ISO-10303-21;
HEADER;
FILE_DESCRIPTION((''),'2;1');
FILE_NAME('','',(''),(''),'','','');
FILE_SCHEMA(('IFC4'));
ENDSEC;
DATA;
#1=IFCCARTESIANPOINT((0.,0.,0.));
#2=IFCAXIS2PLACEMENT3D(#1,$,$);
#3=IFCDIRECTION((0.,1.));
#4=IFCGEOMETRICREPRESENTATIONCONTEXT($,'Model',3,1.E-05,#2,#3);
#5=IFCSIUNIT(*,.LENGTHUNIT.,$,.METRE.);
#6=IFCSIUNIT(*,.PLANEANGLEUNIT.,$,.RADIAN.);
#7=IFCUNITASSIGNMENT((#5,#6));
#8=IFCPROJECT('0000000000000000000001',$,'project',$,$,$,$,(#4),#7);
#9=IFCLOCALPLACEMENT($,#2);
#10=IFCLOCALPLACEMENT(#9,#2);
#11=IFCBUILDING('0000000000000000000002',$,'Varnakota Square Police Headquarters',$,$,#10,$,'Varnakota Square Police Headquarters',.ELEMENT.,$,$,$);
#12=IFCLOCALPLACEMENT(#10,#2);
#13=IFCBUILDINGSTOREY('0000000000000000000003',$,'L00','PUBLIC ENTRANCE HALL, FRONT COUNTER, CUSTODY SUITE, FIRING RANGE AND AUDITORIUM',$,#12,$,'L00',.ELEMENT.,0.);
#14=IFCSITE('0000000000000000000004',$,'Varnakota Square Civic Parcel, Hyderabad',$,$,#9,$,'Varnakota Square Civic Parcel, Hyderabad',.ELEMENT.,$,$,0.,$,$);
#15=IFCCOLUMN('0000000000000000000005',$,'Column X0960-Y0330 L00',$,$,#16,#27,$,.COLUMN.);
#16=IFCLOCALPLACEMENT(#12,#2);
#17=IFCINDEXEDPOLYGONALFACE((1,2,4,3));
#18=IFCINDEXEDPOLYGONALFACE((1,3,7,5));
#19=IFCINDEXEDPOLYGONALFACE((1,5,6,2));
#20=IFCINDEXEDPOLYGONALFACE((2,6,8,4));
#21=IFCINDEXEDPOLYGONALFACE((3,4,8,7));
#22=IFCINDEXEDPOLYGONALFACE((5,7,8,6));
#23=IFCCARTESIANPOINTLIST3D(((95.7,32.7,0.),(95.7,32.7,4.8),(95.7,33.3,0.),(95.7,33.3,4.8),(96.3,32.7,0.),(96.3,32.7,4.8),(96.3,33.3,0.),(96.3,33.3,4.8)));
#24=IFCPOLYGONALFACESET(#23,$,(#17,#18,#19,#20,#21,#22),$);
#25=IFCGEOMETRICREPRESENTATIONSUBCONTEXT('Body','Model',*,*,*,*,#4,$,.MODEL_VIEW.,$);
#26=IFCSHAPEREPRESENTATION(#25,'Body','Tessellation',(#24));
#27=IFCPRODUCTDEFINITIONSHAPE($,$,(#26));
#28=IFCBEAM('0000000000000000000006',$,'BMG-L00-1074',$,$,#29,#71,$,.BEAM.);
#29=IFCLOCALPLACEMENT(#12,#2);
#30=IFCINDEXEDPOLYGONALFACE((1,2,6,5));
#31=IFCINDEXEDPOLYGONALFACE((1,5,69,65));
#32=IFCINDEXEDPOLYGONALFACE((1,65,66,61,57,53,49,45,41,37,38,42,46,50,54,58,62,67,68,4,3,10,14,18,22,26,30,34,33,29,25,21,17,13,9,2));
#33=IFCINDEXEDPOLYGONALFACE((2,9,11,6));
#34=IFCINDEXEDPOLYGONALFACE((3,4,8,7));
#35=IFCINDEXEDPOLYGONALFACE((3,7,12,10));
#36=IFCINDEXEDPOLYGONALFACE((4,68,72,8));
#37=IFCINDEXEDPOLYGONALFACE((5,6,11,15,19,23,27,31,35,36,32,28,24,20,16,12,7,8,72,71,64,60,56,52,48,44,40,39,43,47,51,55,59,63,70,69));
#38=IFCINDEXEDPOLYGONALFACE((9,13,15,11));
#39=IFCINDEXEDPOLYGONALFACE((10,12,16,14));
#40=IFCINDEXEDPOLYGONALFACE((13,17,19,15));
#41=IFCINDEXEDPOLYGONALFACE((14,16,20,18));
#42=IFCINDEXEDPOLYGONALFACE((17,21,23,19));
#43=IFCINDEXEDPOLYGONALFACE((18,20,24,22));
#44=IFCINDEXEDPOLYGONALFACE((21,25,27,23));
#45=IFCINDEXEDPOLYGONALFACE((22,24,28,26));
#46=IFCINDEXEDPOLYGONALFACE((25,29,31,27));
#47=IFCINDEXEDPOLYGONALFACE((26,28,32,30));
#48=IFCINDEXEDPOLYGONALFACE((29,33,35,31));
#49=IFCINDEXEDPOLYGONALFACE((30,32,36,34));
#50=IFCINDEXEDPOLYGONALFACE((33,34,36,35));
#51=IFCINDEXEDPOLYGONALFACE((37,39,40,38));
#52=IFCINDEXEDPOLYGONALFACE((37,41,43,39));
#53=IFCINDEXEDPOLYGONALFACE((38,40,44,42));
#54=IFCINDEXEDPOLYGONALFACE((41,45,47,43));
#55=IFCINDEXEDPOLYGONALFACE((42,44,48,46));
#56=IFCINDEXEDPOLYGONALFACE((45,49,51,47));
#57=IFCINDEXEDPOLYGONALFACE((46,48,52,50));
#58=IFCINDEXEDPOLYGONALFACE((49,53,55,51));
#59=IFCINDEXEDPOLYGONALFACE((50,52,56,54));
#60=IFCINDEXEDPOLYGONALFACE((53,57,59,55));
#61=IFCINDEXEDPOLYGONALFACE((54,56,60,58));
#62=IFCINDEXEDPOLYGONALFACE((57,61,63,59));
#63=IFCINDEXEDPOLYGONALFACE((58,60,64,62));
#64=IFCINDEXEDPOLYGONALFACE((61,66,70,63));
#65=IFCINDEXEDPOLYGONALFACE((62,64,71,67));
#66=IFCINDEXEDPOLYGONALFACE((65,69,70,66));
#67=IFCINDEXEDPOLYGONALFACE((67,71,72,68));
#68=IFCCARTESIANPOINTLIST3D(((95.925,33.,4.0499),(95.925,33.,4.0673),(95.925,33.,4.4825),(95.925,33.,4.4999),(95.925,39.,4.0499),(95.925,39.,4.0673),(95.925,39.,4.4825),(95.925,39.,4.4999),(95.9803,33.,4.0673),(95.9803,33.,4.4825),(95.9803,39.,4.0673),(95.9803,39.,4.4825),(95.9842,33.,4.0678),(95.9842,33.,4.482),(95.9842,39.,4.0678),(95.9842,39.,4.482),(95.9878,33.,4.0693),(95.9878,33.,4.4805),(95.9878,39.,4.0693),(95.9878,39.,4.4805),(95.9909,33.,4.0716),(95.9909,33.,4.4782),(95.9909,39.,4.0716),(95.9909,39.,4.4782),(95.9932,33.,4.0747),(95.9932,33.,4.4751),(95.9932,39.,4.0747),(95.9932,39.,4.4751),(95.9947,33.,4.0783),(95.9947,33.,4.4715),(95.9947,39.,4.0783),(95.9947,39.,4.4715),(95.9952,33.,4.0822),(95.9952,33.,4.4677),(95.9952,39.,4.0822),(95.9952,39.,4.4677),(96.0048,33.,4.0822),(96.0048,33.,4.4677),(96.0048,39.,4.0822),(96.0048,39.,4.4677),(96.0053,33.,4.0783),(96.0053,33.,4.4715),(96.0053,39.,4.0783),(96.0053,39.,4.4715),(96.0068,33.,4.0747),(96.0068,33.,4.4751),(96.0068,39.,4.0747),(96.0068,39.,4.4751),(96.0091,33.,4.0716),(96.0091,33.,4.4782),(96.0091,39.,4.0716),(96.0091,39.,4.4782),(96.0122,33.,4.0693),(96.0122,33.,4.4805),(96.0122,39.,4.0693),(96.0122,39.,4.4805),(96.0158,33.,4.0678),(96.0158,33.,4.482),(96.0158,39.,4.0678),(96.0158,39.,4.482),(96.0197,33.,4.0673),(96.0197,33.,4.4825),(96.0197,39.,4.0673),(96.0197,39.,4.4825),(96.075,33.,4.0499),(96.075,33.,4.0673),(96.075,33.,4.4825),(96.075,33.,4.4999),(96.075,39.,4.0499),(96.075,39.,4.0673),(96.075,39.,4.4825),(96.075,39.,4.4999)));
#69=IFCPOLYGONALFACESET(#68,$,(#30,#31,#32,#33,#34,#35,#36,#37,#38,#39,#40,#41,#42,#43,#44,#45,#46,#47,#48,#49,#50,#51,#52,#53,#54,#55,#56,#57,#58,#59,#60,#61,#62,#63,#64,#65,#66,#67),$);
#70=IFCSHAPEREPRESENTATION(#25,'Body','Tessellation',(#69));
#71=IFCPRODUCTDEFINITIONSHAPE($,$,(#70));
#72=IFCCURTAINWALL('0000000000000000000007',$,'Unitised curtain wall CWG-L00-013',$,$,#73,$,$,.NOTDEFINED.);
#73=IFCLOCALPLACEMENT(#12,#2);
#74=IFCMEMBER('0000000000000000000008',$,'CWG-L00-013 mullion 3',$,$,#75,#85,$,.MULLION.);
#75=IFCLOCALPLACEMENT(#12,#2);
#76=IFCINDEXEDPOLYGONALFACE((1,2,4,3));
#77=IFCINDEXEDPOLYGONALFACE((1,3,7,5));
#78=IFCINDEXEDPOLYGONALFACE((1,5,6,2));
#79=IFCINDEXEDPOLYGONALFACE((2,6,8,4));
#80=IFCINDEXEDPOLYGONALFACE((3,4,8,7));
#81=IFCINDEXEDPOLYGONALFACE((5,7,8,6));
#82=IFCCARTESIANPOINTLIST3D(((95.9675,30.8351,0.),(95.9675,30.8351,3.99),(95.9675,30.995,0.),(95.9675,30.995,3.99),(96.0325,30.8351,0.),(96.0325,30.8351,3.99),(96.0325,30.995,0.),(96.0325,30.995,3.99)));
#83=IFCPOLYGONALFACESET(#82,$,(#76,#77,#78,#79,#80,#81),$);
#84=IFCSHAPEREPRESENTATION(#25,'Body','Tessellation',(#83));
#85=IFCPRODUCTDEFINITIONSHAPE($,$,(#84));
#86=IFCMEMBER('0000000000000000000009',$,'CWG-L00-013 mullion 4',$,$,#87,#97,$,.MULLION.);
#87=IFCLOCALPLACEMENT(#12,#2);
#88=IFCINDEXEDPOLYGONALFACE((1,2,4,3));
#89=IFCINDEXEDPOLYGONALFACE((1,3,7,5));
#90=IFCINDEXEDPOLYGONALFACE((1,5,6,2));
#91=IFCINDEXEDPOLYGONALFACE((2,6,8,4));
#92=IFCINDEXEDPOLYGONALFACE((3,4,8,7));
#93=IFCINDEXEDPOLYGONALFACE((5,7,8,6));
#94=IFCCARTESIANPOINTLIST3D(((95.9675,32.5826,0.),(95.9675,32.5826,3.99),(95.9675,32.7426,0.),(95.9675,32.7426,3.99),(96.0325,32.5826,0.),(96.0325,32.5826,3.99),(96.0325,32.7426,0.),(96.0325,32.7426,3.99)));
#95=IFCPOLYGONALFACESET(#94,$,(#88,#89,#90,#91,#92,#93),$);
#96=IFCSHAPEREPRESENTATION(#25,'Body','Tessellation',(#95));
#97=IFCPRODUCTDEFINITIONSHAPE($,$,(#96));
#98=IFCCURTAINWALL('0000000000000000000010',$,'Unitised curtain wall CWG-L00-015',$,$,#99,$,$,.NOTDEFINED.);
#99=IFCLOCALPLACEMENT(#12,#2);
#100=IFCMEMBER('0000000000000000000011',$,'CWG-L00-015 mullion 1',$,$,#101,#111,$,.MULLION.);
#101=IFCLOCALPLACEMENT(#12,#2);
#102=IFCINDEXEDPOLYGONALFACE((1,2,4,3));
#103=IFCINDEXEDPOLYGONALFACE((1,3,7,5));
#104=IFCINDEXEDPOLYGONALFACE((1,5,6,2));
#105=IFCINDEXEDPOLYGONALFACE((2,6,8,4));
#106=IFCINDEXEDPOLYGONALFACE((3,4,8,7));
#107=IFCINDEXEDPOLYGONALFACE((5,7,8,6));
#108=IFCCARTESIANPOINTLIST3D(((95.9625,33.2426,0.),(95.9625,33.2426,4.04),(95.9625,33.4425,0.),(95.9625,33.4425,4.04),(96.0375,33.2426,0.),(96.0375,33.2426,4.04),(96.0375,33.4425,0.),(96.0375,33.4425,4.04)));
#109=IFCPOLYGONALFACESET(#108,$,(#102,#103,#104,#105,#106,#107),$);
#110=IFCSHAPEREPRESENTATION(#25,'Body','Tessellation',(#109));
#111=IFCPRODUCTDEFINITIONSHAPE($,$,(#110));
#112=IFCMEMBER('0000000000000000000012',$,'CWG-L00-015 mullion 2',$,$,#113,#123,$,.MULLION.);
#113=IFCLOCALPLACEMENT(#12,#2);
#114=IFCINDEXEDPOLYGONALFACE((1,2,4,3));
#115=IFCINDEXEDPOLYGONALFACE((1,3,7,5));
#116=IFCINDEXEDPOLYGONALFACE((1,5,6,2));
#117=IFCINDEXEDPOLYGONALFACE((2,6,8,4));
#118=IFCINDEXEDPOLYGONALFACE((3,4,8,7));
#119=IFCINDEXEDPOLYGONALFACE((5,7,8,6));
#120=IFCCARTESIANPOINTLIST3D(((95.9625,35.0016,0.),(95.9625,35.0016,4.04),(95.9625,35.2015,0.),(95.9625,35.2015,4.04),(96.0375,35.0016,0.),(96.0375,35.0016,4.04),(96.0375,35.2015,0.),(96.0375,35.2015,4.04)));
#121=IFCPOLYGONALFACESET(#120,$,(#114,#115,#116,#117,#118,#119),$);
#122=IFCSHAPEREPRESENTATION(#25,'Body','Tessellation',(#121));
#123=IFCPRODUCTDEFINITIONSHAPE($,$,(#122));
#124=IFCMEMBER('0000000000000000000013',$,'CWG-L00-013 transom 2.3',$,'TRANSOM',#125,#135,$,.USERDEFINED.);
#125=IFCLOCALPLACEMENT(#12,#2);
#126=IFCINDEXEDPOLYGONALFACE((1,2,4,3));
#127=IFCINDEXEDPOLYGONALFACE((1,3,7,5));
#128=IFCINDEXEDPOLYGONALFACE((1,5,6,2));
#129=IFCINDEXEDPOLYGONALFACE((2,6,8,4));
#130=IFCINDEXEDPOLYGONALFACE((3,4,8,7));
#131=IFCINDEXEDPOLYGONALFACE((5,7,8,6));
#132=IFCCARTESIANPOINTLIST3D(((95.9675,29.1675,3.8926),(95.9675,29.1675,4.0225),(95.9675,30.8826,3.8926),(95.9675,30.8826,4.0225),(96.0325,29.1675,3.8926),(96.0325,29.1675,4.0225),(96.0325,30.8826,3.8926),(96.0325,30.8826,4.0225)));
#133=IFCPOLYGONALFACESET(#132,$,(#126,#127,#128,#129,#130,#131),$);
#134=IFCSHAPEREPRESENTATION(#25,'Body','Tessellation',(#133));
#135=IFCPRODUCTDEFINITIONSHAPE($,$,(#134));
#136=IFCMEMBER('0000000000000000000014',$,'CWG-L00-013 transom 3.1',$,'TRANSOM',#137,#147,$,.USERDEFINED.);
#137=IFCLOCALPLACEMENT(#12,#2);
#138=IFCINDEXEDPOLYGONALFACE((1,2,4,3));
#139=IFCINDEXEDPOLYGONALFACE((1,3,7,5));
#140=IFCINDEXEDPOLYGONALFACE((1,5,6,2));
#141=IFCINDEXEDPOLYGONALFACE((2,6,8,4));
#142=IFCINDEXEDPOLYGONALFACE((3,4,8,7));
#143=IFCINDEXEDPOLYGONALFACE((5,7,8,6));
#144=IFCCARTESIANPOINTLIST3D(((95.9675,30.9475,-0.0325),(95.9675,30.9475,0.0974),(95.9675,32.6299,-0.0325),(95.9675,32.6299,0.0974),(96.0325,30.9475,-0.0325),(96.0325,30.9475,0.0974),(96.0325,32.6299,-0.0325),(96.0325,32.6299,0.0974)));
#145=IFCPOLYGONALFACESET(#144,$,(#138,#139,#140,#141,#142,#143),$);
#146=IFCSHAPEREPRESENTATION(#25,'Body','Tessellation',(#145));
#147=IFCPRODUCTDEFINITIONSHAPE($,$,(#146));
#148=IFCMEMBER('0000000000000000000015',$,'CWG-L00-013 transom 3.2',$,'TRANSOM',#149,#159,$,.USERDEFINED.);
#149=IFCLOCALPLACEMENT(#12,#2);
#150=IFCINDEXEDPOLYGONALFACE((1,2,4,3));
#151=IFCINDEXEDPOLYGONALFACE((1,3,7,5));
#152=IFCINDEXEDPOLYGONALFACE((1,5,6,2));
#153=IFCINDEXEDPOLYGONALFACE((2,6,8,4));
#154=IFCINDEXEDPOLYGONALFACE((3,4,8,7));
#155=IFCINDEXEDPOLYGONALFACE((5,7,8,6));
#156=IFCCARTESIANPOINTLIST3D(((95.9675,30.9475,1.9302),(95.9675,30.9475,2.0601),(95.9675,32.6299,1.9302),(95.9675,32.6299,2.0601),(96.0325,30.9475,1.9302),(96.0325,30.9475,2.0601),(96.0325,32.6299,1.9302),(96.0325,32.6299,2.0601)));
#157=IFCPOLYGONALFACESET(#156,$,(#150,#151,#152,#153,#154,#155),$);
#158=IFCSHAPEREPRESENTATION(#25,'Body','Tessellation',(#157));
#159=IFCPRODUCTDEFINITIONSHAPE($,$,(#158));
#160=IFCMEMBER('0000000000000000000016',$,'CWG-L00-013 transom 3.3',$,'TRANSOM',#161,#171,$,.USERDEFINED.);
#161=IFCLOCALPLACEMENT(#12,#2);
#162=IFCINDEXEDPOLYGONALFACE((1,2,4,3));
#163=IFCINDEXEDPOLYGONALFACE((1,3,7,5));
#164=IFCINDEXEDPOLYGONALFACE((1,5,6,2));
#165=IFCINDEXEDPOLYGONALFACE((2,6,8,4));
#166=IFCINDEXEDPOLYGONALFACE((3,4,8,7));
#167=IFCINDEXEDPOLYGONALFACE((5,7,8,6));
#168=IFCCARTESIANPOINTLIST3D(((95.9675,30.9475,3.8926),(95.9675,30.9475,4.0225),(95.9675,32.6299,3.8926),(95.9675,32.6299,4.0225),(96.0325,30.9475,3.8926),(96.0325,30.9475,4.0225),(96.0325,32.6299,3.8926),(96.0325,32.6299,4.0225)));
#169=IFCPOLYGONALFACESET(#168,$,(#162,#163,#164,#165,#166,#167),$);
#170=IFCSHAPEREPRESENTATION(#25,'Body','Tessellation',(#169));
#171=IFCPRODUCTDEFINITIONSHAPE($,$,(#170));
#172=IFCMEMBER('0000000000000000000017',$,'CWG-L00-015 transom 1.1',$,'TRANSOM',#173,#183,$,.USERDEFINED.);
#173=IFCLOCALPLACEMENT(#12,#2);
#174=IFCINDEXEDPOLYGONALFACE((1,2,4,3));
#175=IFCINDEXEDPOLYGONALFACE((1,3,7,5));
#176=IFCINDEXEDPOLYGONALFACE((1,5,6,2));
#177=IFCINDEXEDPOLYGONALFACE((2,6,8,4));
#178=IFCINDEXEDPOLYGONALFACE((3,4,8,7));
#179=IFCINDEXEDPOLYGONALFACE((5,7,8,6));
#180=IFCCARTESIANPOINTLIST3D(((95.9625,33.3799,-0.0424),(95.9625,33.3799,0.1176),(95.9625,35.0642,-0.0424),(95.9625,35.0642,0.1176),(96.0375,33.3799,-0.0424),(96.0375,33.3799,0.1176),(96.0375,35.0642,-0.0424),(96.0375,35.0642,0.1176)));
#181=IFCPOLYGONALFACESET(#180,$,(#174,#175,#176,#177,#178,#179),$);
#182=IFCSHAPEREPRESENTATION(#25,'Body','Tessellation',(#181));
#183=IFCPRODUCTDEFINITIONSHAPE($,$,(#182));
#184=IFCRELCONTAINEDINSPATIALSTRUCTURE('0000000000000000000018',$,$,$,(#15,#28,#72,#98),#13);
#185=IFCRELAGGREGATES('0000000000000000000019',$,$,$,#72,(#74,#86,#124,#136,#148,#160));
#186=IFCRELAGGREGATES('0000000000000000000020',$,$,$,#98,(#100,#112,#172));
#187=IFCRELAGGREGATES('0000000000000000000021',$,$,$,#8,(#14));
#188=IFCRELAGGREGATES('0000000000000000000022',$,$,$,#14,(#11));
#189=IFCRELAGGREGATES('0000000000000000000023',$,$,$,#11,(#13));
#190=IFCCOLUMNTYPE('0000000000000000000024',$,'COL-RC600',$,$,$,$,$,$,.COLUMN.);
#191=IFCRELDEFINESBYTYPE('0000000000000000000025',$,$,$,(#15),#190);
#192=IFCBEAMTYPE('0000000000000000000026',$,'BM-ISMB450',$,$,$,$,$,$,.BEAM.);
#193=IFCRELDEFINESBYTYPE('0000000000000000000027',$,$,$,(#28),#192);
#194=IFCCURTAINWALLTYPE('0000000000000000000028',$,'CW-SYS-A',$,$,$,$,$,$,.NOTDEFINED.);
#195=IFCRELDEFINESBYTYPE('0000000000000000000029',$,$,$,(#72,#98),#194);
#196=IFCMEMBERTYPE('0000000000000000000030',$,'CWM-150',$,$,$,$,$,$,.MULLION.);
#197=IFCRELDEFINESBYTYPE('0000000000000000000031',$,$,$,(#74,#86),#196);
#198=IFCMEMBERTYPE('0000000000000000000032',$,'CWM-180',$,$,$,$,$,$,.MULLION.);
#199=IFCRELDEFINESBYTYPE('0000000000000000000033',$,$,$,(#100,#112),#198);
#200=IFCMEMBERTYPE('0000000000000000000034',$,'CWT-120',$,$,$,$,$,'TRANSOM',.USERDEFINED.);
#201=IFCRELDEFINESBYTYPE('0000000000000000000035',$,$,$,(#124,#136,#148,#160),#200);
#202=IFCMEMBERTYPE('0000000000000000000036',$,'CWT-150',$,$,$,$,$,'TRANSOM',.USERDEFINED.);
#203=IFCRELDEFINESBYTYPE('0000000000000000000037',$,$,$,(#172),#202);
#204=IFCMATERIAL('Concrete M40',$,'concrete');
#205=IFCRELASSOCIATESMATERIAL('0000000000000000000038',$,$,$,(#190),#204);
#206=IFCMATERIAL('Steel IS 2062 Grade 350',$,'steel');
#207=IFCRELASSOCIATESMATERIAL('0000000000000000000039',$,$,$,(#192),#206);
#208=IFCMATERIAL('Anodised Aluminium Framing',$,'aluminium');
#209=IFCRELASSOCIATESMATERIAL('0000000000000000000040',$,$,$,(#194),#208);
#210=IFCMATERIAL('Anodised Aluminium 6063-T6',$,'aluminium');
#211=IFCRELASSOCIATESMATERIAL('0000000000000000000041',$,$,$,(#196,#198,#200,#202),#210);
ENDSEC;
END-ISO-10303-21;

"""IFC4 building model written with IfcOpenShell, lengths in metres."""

from ifc_helpers import new_model, si_unit, direction, frame, origin, origin_2d, place, context, subcontext, project, spatial, rectangle, i_section, extrude, material, material_profile, profile_set, type_object, element, aggregate, save


model = new_model("IFC4")

# Units and contexts
model_context = context("Model", 3, precision=1e-05, world=origin(), true_north=direction((0.0, 1.0)))
body_context = subcontext(model_context, "Body", "Model", "MODEL_VIEW")
ifc_project = project(units=[si_unit("LENGTHUNIT", "METRE"), si_unit("PLANEANGLEUNIT", "RADIAN")], contexts=[model_context])

# Site, building, storey
site_placement = place(None, origin())
site = spatial("IfcSite", under=ifc_project, at=site_placement, Name="Varnakota Square Civic Parcel, Hyderabad", LongName="Varnakota Square Civic Parcel, Hyderabad", CompositionType="ELEMENT", RefElevation=0.0)
building_placement = place(site_placement, origin())
building = spatial("IfcBuilding", under=site, at=building_placement, Name="Varnakota Square Police Headquarters", LongName="Varnakota Square Police Headquarters", CompositionType="ELEMENT")
storey_placement = place(building_placement, origin())
storey = spatial("IfcBuildingStorey", under=building, at=storey_placement, Name="L00", Description="PUBLIC ENTRANCE HALL, FRONT COUNTER, CUSTODY SUITE, FIRING RANGE AND AUDITORIUM", LongName="L00", CompositionType="ELEMENT", Elevation=0.0)

# Column
ifc_material_1 = material(Name="Concrete M40", Category="concrete")
ifc_material_profile_1 = material_profile(ifc_material_1, rectangle(XDim=0.6001, YDim=0.6001, at=origin_2d()), Name="RC 600x600")
ifc_profile_set_1 = profile_set([ifc_material_profile_1], Name="Concrete M40")
column_type = type_object("IfcColumnType", Name="COL-RC600", PredefinedType="COLUMN", material=ifc_profile_set_1)
column_placement = place(storey_placement, frame((96.0, 33.0, 0.0), z_axis=(0.0, 0.0, 1.0), x_axis=(1.0, 0.0, 0.0)))
element("IfcColumn", 1, at=column_placement, inside=storey, type_object=column_type, Name="Column X0960-Y0330 L00", PredefinedType="COLUMN", context=body_context, shape_type="SweptSolid", body=[
    extrude(rectangle(XDim=0.6001, YDim=0.6001, at=origin_2d()), origin(), (0.0, 0.0, 1.0), 4.8),
])

# Beam
ifc_material_2 = material(Name="Steel IS 2062 Grade 350", Category="steel")
ifc_material_profile_2 = material_profile(ifc_material_2, i_section(OverallWidth=0.1499, OverallDepth=0.45, WebThickness=0.0095, FlangeThickness=0.0173, FilletRadius=0.0149, at=origin_2d()), Name="ISMB 450")
ifc_profile_set_2 = profile_set([ifc_material_profile_2], Name="Steel IS 2062 Grade 350")
beam_type = type_object("IfcBeamType", Name="BM-ISMB450", PredefinedType="BEAM", material=ifc_profile_set_2)
beam_placement = place(storey_placement, frame((96.0, 33.0, 4.2749), z_axis=(0.0, 1.0, 0.0), x_axis=(-1.0, 0.0, 0.0)))
element("IfcBeam", 2, at=beam_placement, inside=storey, type_object=beam_type, Name="BMG-L00-1074", PredefinedType="BEAM", context=body_context, shape_type="SweptSolid", body=[
    extrude(i_section(OverallWidth=0.1499, OverallDepth=0.45, WebThickness=0.0095, FlangeThickness=0.0173, FilletRadius=0.0149, at=origin_2d()), origin(), (0.0, 0.0, 1.0), 6.0),
])

# Curtain walls, members
ifc_material_3 = material(Name="Anodised Aluminium Framing", Category="aluminium")
curtain_wall_type = type_object("IfcCurtainWallType", Name="CW-SYS-A", PredefinedType="NOTDEFINED", material=ifc_material_3)
curtain_wall_1_placement = place(storey_placement, origin())
curtain_wall_1 = element("IfcCurtainWall", 3, at=curtain_wall_1_placement, inside=storey, type_object=curtain_wall_type, Name="Unitised curtain wall CWG-L00-013", PredefinedType="NOTDEFINED")
ifc_material_4 = material(Name="Anodised Aluminium 6063-T6", Category="aluminium")
ifc_material_profile_3 = material_profile(ifc_material_4, rectangle(XDim=0.0649, YDim=0.1599, at=origin_2d()), Name="ALU MULLION 65x160")
ifc_profile_set_3 = profile_set([ifc_material_profile_3], Name="Anodised Aluminium 6063-T6")
member_type_1 = type_object("IfcMemberType", Name="CWM-150", PredefinedType="MULLION", material=ifc_profile_set_3)
member_1_placement = place(storey_placement, frame((96.0, 30.915, 0.0), z_axis=(0.0, 0.0, 1.0), x_axis=(-1.0, 0.0, 0.0)))
member_1 = element("IfcMember", 4, at=member_1_placement, type_object=member_type_1, Name="CWG-L00-013 mullion 3", PredefinedType="MULLION", context=body_context, shape_type="SweptSolid", body=[
    extrude(rectangle(XDim=0.0649, YDim=0.1599, at=origin_2d()), origin(), (0.0, 0.0, 1.0), 3.99),
])
member_2_placement = place(storey_placement, frame((96.0, 32.6626, 0.0), z_axis=(0.0, 0.0, 1.0), x_axis=(-1.0, 0.0, 0.0)))
member_2 = element("IfcMember", 5, at=member_2_placement, type_object=member_type_1, Name="CWG-L00-013 mullion 4", PredefinedType="MULLION", context=body_context, shape_type="SweptSolid", body=[
    extrude(rectangle(XDim=0.0649, YDim=0.1599, at=origin_2d()), origin(), (0.0, 0.0, 1.0), 3.99),
])
curtain_wall_2_placement = place(storey_placement, origin())
curtain_wall_2 = element("IfcCurtainWall", 6, at=curtain_wall_2_placement, inside=storey, type_object=curtain_wall_type, Name="Unitised curtain wall CWG-L00-015", PredefinedType="NOTDEFINED")
ifc_material_profile_4 = material_profile(ifc_material_4, rectangle(XDim=0.075, YDim=0.2, at=origin_2d()), Name="ALU MULLION 75x200")
ifc_profile_set_4 = profile_set([ifc_material_profile_4], Name="Anodised Aluminium 6063-T6")
member_type_2 = type_object("IfcMemberType", Name="CWM-180", PredefinedType="MULLION", material=ifc_profile_set_4)
member_3_placement = place(storey_placement, frame((96.0, 33.3425, 0.0), z_axis=(0.0, 0.0, 1.0), x_axis=(-1.0, 0.0, 0.0)))
member_3 = element("IfcMember", 7, at=member_3_placement, type_object=member_type_2, Name="CWG-L00-015 mullion 1", PredefinedType="MULLION", context=body_context, shape_type="SweptSolid", body=[
    extrude(rectangle(XDim=0.075, YDim=0.2, at=origin_2d()), origin(), (0.0, 0.0, 1.0), 4.04),
])
member_4_placement = place(storey_placement, frame((96.0, 35.1016, 0.0), z_axis=(0.0, 0.0, 1.0), x_axis=(-1.0, 0.0, 0.0)))
member_4 = element("IfcMember", 8, at=member_4_placement, type_object=member_type_2, Name="CWG-L00-015 mullion 2", PredefinedType="MULLION", context=body_context, shape_type="SweptSolid", body=[
    extrude(rectangle(XDim=0.075, YDim=0.2, at=origin_2d()), origin(), (0.0, 0.0, 1.0), 4.04),
])

# Members
ifc_material_profile_5 = material_profile(ifc_material_4, rectangle(XDim=0.0649, YDim=0.1299, at=origin_2d()), Name="ALU TRANSOM 65x130")
ifc_profile_set_5 = profile_set([ifc_material_profile_5], Name="Anodised Aluminium 6063-T6")
member_type_3 = type_object("IfcMemberType", Name="CWT-120", ElementType="TRANSOM", PredefinedType="USERDEFINED", material=ifc_profile_set_5)
member_5_placement = place(storey_placement, frame((96.0, 29.1675, 3.9575), z_axis=(0.0, 1.0, 0.0), x_axis=(-1.0, 0.0, 0.0)))
member_5 = element("IfcMember", 9, at=member_5_placement, type_object=member_type_3, Name="CWG-L00-013 transom 2.3", ObjectType="TRANSOM", PredefinedType="USERDEFINED", context=body_context, shape_type="SweptSolid", body=[
    extrude(rectangle(XDim=0.0649, YDim=0.1299, at=origin_2d()), origin(), (0.0, 0.0, 1.0), 1.7151),
])
member_6_placement = place(storey_placement, frame((96.0, 30.9475, 0.0325), z_axis=(0.0, 1.0, 0.0), x_axis=(-1.0, 0.0, 0.0)))
member_6 = element("IfcMember", 10, at=member_6_placement, type_object=member_type_3, Name="CWG-L00-013 transom 3.1", ObjectType="TRANSOM", PredefinedType="USERDEFINED", context=body_context, shape_type="SweptSolid", body=[
    extrude(rectangle(XDim=0.0649, YDim=0.1299, at=origin_2d()), origin(), (0.0, 0.0, 1.0), 1.6824),
])
member_7_placement = place(storey_placement, frame((96.0, 30.9475, 1.9951), z_axis=(0.0, 1.0, 0.0), x_axis=(-1.0, 0.0, 0.0)))
member_7 = element("IfcMember", 11, at=member_7_placement, type_object=member_type_3, Name="CWG-L00-013 transom 3.2", ObjectType="TRANSOM", PredefinedType="USERDEFINED", context=body_context, shape_type="SweptSolid", body=[
    extrude(rectangle(XDim=0.0649, YDim=0.1299, at=origin_2d()), origin(), (0.0, 0.0, 1.0), 1.6824),
])
member_8_placement = place(storey_placement, frame((96.0, 30.9475, 3.9575), z_axis=(0.0, 1.0, 0.0), x_axis=(-1.0, 0.0, 0.0)))
member_8 = element("IfcMember", 12, at=member_8_placement, type_object=member_type_3, Name="CWG-L00-013 transom 3.3", ObjectType="TRANSOM", PredefinedType="USERDEFINED", context=body_context, shape_type="SweptSolid", body=[
    extrude(rectangle(XDim=0.0649, YDim=0.1299, at=origin_2d()), origin(), (0.0, 0.0, 1.0), 1.6824),
])
ifc_material_profile_6 = material_profile(ifc_material_4, rectangle(XDim=0.075, YDim=0.1599, at=origin_2d()), Name="ALU TRANSOM 75x160")
ifc_profile_set_6 = profile_set([ifc_material_profile_6], Name="Anodised Aluminium 6063-T6")
member_type_4 = type_object("IfcMemberType", Name="CWT-150", ElementType="TRANSOM", PredefinedType="USERDEFINED", material=ifc_profile_set_6)
member_9_placement = place(storey_placement, frame((96.0, 33.3799, 0.0376), z_axis=(0.0, 1.0, 0.0), x_axis=(-1.0, 0.0, 0.0)))
member_9 = element("IfcMember", 13, at=member_9_placement, type_object=member_type_4, Name="CWG-L00-015 transom 1.1", ObjectType="TRANSOM", PredefinedType="USERDEFINED", context=body_context, shape_type="SweptSolid", body=[
    extrude(rectangle(XDim=0.075, YDim=0.1599, at=origin_2d()), origin(), (0.0, 0.0, 1.0), 1.6843),
])

aggregate(curtain_wall_1, [member_1, member_2, member_5, member_6, member_7, member_8])
aggregate(curtain_wall_2, [member_3, member_4, member_9])

save(model, "model.ifc")
